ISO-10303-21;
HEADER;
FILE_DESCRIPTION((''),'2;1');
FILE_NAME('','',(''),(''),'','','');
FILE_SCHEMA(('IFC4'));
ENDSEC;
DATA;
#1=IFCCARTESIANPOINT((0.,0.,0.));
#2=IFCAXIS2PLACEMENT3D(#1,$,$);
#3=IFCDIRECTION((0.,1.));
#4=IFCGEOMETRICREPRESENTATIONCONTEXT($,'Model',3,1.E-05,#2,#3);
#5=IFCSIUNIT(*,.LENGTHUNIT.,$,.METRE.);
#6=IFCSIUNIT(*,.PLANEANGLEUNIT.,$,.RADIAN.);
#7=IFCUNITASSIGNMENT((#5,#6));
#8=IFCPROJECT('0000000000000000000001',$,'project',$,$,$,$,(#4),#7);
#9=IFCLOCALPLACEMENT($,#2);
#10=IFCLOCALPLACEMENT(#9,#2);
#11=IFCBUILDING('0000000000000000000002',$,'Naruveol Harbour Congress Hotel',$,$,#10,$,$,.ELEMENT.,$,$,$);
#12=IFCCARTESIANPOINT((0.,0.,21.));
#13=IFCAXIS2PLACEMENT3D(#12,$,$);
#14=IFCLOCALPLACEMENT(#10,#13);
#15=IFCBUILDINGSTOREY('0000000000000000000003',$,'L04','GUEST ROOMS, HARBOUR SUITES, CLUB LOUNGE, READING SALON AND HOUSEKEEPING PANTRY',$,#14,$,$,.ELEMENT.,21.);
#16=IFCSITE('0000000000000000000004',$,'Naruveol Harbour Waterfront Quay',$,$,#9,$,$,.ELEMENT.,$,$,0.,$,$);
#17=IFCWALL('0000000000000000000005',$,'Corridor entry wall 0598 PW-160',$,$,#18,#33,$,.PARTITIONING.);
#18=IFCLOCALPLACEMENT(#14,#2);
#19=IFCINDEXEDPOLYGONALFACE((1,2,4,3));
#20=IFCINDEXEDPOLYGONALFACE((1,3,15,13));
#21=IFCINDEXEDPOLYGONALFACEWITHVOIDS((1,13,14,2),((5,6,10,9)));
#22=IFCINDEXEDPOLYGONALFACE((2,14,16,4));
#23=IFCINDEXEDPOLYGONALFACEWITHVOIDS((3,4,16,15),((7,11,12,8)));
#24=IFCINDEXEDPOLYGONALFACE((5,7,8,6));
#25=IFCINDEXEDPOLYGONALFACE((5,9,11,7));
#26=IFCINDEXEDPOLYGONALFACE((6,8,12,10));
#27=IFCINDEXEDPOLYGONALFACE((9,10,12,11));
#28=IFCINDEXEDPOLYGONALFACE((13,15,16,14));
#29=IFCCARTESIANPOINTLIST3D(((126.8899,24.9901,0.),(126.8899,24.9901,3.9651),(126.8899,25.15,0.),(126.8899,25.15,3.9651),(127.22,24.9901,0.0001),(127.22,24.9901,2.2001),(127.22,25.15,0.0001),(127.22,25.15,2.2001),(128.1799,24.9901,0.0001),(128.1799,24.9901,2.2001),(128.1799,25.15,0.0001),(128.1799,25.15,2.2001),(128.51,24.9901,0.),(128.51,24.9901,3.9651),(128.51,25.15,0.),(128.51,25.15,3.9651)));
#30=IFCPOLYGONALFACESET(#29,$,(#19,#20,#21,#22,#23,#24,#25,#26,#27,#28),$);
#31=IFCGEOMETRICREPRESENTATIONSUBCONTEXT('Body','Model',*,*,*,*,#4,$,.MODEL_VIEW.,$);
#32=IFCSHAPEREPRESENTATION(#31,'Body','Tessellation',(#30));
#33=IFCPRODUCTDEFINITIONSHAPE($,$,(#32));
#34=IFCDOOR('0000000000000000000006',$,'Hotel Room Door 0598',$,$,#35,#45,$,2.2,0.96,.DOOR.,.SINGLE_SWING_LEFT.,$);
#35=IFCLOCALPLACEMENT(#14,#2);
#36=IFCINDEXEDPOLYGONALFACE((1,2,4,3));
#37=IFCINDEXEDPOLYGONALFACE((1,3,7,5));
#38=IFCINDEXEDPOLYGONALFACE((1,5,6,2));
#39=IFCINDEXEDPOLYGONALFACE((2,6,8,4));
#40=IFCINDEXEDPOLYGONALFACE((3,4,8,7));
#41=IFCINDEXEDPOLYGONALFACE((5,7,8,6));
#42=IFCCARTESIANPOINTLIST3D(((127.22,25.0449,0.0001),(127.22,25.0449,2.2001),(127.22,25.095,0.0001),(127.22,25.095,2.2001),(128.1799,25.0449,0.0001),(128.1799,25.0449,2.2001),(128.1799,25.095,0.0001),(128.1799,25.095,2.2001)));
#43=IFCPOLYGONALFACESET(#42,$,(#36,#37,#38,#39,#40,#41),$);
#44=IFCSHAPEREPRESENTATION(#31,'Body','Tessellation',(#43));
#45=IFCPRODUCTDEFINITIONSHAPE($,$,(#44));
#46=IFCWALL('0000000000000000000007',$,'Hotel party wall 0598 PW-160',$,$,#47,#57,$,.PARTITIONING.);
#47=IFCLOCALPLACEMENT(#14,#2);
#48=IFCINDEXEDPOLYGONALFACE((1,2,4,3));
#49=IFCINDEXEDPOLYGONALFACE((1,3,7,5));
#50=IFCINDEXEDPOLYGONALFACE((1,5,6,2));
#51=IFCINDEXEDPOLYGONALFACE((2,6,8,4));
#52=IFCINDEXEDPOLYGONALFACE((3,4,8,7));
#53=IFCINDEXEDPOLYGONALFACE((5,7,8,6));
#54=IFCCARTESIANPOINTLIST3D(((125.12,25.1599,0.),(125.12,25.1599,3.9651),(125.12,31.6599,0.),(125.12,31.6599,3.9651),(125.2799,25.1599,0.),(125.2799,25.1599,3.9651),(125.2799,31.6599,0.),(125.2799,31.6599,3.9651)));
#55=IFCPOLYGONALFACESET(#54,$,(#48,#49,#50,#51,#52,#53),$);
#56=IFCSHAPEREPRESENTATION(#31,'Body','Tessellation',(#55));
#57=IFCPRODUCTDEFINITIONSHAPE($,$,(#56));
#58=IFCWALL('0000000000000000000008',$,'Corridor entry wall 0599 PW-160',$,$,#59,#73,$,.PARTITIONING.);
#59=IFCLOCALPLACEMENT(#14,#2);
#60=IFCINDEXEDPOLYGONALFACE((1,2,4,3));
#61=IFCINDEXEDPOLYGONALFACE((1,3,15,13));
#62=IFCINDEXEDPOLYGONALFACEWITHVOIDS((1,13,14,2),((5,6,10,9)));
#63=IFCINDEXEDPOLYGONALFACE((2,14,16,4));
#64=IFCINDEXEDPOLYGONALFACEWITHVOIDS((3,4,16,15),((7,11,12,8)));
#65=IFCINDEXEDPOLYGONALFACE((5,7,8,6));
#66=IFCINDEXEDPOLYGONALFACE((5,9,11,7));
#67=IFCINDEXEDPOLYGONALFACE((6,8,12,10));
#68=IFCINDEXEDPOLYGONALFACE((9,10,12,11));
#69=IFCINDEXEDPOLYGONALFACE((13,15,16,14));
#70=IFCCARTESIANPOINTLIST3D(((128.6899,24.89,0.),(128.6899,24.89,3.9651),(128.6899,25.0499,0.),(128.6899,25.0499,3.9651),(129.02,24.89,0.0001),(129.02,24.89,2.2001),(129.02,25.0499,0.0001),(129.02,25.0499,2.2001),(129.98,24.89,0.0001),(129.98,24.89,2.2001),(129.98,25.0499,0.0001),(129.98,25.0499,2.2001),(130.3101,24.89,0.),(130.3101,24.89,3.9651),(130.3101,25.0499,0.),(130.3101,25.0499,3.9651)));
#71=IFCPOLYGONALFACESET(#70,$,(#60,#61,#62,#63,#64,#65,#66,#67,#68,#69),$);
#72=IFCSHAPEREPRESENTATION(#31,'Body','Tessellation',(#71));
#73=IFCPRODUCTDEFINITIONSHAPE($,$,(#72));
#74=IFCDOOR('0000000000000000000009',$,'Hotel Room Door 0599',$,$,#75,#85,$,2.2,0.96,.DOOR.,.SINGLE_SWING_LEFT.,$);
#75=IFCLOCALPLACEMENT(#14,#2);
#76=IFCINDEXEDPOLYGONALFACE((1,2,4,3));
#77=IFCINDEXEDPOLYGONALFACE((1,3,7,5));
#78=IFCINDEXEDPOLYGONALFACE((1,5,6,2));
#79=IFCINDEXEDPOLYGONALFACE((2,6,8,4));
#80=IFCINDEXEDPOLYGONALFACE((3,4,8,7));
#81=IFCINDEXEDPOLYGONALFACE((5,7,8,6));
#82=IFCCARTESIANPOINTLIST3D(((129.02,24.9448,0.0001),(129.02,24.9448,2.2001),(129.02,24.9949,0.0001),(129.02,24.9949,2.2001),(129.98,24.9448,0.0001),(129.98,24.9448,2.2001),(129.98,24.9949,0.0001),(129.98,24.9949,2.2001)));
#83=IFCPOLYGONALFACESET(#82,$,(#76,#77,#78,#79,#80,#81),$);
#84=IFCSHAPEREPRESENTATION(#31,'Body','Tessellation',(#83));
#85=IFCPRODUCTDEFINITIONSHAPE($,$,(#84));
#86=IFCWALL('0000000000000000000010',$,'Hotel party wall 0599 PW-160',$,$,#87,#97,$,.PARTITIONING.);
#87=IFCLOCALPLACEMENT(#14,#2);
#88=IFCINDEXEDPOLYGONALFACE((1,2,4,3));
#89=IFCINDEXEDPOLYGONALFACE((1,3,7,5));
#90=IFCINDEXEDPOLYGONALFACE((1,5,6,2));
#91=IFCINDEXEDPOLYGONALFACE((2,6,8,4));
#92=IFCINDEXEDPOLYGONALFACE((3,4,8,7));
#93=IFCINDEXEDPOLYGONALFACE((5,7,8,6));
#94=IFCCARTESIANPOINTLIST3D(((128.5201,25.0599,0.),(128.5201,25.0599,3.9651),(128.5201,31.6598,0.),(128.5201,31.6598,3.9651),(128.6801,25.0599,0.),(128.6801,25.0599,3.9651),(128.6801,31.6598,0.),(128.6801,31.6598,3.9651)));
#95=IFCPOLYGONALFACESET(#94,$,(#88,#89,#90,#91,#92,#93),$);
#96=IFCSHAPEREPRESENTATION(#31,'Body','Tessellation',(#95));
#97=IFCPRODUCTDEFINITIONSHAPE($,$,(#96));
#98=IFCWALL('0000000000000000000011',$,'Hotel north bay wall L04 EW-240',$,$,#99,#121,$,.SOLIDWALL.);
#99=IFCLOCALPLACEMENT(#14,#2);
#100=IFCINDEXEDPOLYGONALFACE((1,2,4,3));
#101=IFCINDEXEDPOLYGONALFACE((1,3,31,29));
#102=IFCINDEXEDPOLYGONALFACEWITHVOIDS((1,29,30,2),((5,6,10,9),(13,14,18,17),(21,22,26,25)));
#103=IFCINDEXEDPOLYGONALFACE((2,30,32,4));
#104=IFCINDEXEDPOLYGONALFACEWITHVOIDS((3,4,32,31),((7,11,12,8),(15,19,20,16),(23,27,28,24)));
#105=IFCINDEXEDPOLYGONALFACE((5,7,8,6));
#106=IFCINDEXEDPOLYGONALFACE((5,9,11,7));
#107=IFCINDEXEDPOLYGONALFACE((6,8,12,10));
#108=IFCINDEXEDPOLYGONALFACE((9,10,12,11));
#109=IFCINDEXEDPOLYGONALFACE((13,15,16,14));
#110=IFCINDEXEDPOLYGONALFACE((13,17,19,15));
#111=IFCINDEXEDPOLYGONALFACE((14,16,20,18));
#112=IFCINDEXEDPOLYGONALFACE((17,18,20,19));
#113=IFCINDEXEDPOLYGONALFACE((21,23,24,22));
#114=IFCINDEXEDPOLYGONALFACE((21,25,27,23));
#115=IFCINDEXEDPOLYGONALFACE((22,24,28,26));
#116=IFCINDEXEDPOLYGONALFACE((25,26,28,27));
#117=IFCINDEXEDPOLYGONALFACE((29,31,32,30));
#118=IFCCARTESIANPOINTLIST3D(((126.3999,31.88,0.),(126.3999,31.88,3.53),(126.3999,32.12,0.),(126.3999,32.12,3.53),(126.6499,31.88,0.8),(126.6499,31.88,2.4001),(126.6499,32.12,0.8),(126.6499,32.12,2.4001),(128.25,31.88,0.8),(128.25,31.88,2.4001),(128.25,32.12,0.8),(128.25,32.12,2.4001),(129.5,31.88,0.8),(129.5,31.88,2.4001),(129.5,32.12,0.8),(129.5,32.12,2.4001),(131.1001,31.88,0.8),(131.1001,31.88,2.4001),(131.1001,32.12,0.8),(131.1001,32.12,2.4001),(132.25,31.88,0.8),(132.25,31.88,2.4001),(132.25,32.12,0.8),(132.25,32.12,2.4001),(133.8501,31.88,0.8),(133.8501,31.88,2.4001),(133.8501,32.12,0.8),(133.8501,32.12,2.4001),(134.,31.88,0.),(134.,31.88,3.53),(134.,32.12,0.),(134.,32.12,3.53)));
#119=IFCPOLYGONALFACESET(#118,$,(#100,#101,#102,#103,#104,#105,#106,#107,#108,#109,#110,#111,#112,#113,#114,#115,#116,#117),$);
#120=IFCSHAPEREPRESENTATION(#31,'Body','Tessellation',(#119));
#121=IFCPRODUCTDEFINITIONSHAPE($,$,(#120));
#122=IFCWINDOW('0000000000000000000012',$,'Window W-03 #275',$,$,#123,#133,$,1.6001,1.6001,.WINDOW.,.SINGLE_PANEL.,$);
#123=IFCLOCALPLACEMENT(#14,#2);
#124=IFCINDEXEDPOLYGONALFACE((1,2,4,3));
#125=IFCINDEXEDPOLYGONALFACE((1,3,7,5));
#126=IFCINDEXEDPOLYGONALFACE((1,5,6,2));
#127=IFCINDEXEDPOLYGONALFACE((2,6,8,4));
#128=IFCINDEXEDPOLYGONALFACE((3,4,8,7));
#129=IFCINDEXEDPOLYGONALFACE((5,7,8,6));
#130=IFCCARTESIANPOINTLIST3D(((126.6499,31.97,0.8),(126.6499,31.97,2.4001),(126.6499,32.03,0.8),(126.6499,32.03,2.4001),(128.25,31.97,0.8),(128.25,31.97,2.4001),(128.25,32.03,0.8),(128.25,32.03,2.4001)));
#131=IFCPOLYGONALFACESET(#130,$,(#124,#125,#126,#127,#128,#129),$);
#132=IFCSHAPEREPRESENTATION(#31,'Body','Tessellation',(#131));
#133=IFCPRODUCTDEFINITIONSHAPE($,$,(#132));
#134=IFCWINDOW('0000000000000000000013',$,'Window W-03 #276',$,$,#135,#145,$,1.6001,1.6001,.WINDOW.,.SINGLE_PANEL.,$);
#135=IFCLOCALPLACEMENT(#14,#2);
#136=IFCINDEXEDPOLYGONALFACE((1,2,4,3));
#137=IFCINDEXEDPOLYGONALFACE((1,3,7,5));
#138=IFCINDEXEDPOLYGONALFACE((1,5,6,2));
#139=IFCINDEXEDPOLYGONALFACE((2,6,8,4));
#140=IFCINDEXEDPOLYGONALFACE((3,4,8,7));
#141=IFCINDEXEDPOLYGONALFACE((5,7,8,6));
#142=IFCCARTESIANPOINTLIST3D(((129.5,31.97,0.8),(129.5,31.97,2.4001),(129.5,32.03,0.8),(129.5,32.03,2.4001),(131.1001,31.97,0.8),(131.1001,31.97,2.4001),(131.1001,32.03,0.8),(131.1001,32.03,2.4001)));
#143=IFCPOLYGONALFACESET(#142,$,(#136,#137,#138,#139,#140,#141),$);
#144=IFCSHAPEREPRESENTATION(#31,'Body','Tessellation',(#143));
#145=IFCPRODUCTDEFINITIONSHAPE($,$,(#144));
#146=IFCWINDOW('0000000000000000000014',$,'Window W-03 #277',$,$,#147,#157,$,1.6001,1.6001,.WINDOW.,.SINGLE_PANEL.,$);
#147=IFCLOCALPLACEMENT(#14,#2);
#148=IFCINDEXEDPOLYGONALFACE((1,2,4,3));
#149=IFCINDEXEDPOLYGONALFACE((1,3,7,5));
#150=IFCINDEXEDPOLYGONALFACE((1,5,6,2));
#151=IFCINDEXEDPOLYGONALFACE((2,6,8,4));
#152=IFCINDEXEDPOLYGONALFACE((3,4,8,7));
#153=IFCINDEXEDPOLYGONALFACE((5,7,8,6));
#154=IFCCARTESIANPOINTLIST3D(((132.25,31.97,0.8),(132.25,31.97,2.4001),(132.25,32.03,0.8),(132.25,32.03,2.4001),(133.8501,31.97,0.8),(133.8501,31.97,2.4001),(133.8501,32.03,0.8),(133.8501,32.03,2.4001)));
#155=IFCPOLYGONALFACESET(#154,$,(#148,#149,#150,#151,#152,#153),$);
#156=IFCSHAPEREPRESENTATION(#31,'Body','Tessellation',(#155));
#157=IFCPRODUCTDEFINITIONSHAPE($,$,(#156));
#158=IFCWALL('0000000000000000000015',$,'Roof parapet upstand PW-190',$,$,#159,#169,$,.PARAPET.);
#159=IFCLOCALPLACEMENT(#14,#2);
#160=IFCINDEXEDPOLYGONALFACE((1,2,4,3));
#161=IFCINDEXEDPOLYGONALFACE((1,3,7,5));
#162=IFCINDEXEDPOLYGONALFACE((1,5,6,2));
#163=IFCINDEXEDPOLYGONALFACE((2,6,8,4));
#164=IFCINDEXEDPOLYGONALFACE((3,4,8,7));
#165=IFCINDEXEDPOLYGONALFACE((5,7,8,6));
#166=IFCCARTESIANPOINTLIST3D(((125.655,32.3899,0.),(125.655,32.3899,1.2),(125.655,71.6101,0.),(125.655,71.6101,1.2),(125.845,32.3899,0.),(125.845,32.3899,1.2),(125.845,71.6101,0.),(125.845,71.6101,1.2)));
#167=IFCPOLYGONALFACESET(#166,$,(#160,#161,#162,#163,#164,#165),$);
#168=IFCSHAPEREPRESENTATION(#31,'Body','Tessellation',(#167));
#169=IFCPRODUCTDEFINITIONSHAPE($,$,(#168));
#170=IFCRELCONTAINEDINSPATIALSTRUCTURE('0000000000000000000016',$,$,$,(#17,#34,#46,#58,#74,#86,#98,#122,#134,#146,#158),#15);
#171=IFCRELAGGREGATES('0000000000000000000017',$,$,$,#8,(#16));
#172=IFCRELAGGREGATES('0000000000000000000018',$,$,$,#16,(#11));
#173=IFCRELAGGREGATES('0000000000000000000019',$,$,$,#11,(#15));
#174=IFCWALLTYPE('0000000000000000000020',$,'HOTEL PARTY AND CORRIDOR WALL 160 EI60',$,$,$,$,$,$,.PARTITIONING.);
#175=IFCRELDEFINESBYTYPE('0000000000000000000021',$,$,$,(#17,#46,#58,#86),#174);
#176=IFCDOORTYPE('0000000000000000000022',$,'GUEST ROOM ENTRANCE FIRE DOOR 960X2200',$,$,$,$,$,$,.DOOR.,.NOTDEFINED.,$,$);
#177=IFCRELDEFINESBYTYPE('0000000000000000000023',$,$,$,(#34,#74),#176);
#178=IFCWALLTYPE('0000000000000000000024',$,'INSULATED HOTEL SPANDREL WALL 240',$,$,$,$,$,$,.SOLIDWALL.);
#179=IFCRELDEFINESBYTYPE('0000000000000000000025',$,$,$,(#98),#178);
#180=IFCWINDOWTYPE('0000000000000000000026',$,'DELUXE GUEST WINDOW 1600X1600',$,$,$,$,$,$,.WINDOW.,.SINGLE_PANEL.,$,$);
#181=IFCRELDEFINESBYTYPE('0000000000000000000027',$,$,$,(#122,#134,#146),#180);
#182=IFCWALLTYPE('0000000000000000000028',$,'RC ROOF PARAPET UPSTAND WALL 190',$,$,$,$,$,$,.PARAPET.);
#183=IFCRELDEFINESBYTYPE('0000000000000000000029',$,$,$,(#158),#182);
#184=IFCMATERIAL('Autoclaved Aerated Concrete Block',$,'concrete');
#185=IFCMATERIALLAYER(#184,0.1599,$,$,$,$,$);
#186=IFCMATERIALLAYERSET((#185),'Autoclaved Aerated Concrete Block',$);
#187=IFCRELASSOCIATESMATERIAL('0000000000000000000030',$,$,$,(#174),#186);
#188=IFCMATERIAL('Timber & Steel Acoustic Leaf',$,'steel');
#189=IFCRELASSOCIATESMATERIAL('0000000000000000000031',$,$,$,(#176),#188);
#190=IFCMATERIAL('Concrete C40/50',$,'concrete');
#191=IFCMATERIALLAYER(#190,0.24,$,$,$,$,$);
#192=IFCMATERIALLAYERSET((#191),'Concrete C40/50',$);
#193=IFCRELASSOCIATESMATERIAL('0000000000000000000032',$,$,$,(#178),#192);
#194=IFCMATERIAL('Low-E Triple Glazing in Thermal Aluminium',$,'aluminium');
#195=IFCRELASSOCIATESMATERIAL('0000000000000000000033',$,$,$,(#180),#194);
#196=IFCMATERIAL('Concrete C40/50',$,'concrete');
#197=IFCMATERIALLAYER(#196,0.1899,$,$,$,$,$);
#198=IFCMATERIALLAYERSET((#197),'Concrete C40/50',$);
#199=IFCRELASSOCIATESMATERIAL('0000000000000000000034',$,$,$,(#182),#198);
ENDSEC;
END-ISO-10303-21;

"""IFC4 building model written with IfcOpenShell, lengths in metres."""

from ifc_helpers import new_model, si_unit, direction, frame, frame_2d, origin, place, context, subcontext, project, spatial, rectangle, extrude, material, layer, layer_set, type_object, element, fill, save


model = new_model("IFC4")

# Units and contexts
model_context = context("Model", 3, precision=1e-05, world=origin(), true_north=direction((0.0, 1.0)))
body_context = subcontext(model_context, "Body", "Model", "MODEL_VIEW")
ifc_project = project(units=[si_unit("LENGTHUNIT", "METRE"), si_unit("PLANEANGLEUNIT", "RADIAN")], contexts=[model_context])

# Site, building, storey
site_placement = place(None, origin())
site = spatial("IfcSite", under=ifc_project, at=site_placement, Name="Naruveol Harbour Waterfront Quay", CompositionType="ELEMENT", RefElevation=0.0)
building_placement = place(site_placement, origin())
building = spatial("IfcBuilding", under=site, at=building_placement, Name="Naruveol Harbour Congress Hotel", CompositionType="ELEMENT")
storey_placement = place(building_placement, frame((0.0, 0.0, 21.0)))
storey = spatial("IfcBuildingStorey", under=building, at=storey_placement, Name="L04", Description="GUEST ROOMS, HARBOUR SUITES, CLUB LOUNGE, READING SALON AND HOUSEKEEPING PANTRY", CompositionType="ELEMENT", Elevation=21.0)

# Shared definitions
ifc_material_1 = material(Name="Autoclaved Aerated Concrete Block", Category="concrete")
ifc_layer_1 = layer(ifc_material_1, 0.1599)
ifc_layer_set_1 = layer_set([ifc_layer_1], Name="Autoclaved Aerated Concrete Block")
wall_type_1 = type_object("IfcWallType", Name="HOTEL PARTY AND CORRIDOR WALL 160 EI60", PredefinedType="PARTITIONING", material=ifc_layer_set_1)
ifc_material_2 = material(Name="Timber & Steel Acoustic Leaf", Category="steel")
door_type_1 = type_object("IfcDoorType", Name="GUEST ROOM ENTRANCE FIRE DOOR 960X2200", OperationType="NOTDEFINED", PredefinedType="DOOR", material=ifc_material_2)

# Wall, opening, door
wall_1_placement = place(storey_placement, frame((126.8899, 25.0701, 0.0), z_axis=(0.0, 0.0, 1.0), x_axis=(1.0, 0.0, 0.0)))
wall_1 = element("IfcWall", 1, at=wall_1_placement, inside=storey, type_object=wall_type_1, Name="Corridor entry wall 0598 PW-160", PredefinedType="PARTITIONING", context=body_context, shape_type="SweptSolid", body=[
    extrude(rectangle(XDim=1.6201, YDim=0.1599, at=frame_2d((0.8101, 0.0))), origin(), (0.0, 0.0, 1.0), 3.9651),
])
opening_1_placement = place(wall_1_placement, frame((0.3301, 0.0, 0.0)))
opening_1 = element("IfcOpeningElement", 2, at=opening_1_placement, cuts=wall_1, PredefinedType="OPENING", context=body_context, shape_type="SweptSolid", body=[
    extrude(rectangle(XDim=0.96, YDim=2.2, at=frame_2d((0.48, 1.1001))), frame((0.0, 0.0898, 0.0), z_axis=(0.0, -1.0, 0.0), x_axis=(1.0, 0.0, 0.0)), (0.0, 0.0, 1.0), 0.1799),
])
door_1_placement = place(opening_1_placement, origin())
door_1 = element("IfcDoor", 3, at=door_1_placement, inside=storey, type_object=door_type_1, Name="Hotel Room Door 0598", OperationType="SINGLE_SWING_LEFT", OverallHeight=2.2, OverallWidth=0.96, PredefinedType="DOOR", context=body_context, shape_type="SweptSolid", body=[
    extrude(rectangle(XDim=0.96, YDim=2.2, at=frame_2d((0.48, 1.1001))), frame((0.0, 0.0249, 0.0), z_axis=(0.0, -1.0, 0.0), x_axis=(1.0, 0.0, 0.0)), (0.0, 0.0, 1.0), 0.05),
])
fill(opening_1, door_1)

# Wall
wall_2_placement = place(storey_placement, frame((125.2, 25.1599, 0.0), z_axis=(0.0, 0.0, 1.0), x_axis=(0.0, 1.0, 0.0)))
element("IfcWall", 4, at=wall_2_placement, inside=storey, type_object=wall_type_1, Name="Hotel party wall 0598 PW-160", PredefinedType="PARTITIONING", context=body_context, shape_type="SweptSolid", body=[
    extrude(rectangle(XDim=6.5, YDim=0.1599, at=frame_2d((3.25, 0.0))), origin(), (0.0, 0.0, 1.0), 3.9651),
])

# Wall, opening, door
wall_3_placement = place(storey_placement, frame((128.6899, 24.97, 0.0), z_axis=(0.0, 0.0, 1.0), x_axis=(1.0, 0.0, 0.0)))
wall_3 = element("IfcWall", 5, at=wall_3_placement, inside=storey, type_object=wall_type_1, Name="Corridor entry wall 0599 PW-160", PredefinedType="PARTITIONING", context=body_context, shape_type="SweptSolid", body=[
    extrude(rectangle(XDim=1.6201, YDim=0.1599, at=frame_2d((0.8101, 0.0))), origin(), (0.0, 0.0, 1.0), 3.9651),
])
opening_2_placement = place(wall_3_placement, frame((0.3301, 0.0, 0.0)))
opening_2 = element("IfcOpeningElement", 6, at=opening_2_placement, cuts=wall_3, PredefinedType="OPENING", context=body_context, shape_type="SweptSolid", body=[
    extrude(rectangle(XDim=0.96, YDim=2.2, at=frame_2d((0.48, 1.1001))), frame((0.0, 0.0898, 0.0), z_axis=(0.0, -1.0, 0.0), x_axis=(1.0, 0.0, 0.0)), (0.0, 0.0, 1.0), 0.1799),
])
door_2_placement = place(opening_2_placement, origin())
door_2 = element("IfcDoor", 7, at=door_2_placement, inside=storey, type_object=door_type_1, Name="Hotel Room Door 0599", OperationType="SINGLE_SWING_LEFT", OverallHeight=2.2, OverallWidth=0.96, PredefinedType="DOOR", context=body_context, shape_type="SweptSolid", body=[
    extrude(rectangle(XDim=0.96, YDim=2.2, at=frame_2d((0.48, 1.1001))), frame((0.0, 0.0249, 0.0), z_axis=(0.0, -1.0, 0.0), x_axis=(1.0, 0.0, 0.0)), (0.0, 0.0, 1.0), 0.05),
])
fill(opening_2, door_2)

# Wall
wall_4_placement = place(storey_placement, frame((128.6001, 25.0601, 0.0), z_axis=(0.0, 0.0, 1.0), x_axis=(0.0, 1.0, 0.0)))
element("IfcWall", 8, at=wall_4_placement, inside=storey, type_object=wall_type_1, Name="Hotel party wall 0599 PW-160", PredefinedType="PARTITIONING", context=body_context, shape_type="SweptSolid", body=[
    extrude(rectangle(XDim=6.5999, YDim=0.1599, at=frame_2d((3.2998, 0.0))), origin(), (0.0, 0.0, 1.0), 3.9651),
])

# Wall, openings, windows
ifc_material_3 = material(Name="Concrete C40/50", Category="concrete")
ifc_layer_2 = layer(ifc_material_3, 0.24)
ifc_layer_set_2 = layer_set([ifc_layer_2], Name="Concrete C40/50")
wall_type_2 = type_object("IfcWallType", Name="INSULATED HOTEL SPANDREL WALL 240", PredefinedType="SOLIDWALL", material=ifc_layer_set_2)
wall_5_placement = place(storey_placement, frame((126.3999, 32.0, 0.0), z_axis=(0.0, 0.0, 1.0), x_axis=(1.0, 0.0, 0.0)))
wall_5 = element("IfcWall", 9, at=wall_5_placement, inside=storey, type_object=wall_type_2, Name="Hotel north bay wall L04 EW-240", PredefinedType="SOLIDWALL", context=body_context, shape_type="SweptSolid", body=[
    extrude(rectangle(XDim=7.6001, YDim=0.24, at=frame_2d((3.8, 0.0))), origin(), (0.0, 0.0, 1.0), 3.53),
])
opening_3_placement = place(wall_5_placement, frame((0.25, 0.0, 0.8)))
opening_3 = element("IfcOpeningElement", 10, at=opening_3_placement, cuts=wall_5, PredefinedType="OPENING", context=body_context, shape_type="SweptSolid", body=[
    extrude(rectangle(XDim=1.6001, YDim=1.6001, at=frame_2d((0.8, 0.8))), frame((0.0, 0.1299, 0.0), z_axis=(0.0, -1.0, 0.0), x_axis=(1.0, 0.0, 0.0)), (0.0, 0.0, 1.0), 0.26),
])
opening_4_placement = place(wall_5_placement, frame((3.1001, 0.0, 0.8)))
opening_4 = element("IfcOpeningElement", 11, at=opening_4_placement, cuts=wall_5, PredefinedType="OPENING", context=body_context, shape_type="SweptSolid", body=[
    extrude(rectangle(XDim=1.6001, YDim=1.6001, at=frame_2d((0.8, 0.8))), frame((0.0, 0.1299, 0.0), z_axis=(0.0, -1.0, 0.0), x_axis=(1.0, 0.0, 0.0)), (0.0, 0.0, 1.0), 0.26),
])
opening_5_placement = place(wall_5_placement, frame((5.8501, 0.0, 0.8)))
opening_5 = element("IfcOpeningElement", 12, at=opening_5_placement, cuts=wall_5, PredefinedType="OPENING", context=body_context, shape_type="SweptSolid", body=[
    extrude(rectangle(XDim=1.6001, YDim=1.6001, at=frame_2d((0.8, 0.8))), frame((0.0, 0.1299, 0.0), z_axis=(0.0, -1.0, 0.0), x_axis=(1.0, 0.0, 0.0)), (0.0, 0.0, 1.0), 0.26),
])
ifc_material_4 = material(Name="Low-E Triple Glazing in Thermal Aluminium", Category="aluminium")
window_type = type_object("IfcWindowType", Name="DELUXE GUEST WINDOW 1600X1600", PartitioningType="SINGLE_PANEL", PredefinedType="WINDOW", material=ifc_material_4)
window_1_placement = place(opening_3_placement, origin())
window_1 = element("IfcWindow", 13, at=window_1_placement, inside=storey, type_object=window_type, Name="Window W-03 #275", OverallHeight=1.6001, OverallWidth=1.6001, PartitioningType="SINGLE_PANEL", PredefinedType="WINDOW", context=body_context, shape_type="SweptSolid", body=[
    extrude(rectangle(XDim=1.6001, YDim=1.6001, at=frame_2d((0.8, 0.8))), frame((0.0, 0.03, 0.0), z_axis=(0.0, -1.0, 0.0), x_axis=(1.0, 0.0, 0.0)), (0.0, 0.0, 1.0), 0.0601),
])
fill(opening_3, window_1)
window_2_placement = place(opening_4_placement, origin())
window_2 = element("IfcWindow", 14, at=window_2_placement, inside=storey, type_object=window_type, Name="Window W-03 #276", OverallHeight=1.6001, OverallWidth=1.6001, PartitioningType="SINGLE_PANEL", PredefinedType="WINDOW", context=body_context, shape_type="SweptSolid", body=[
    extrude(rectangle(XDim=1.6001, YDim=1.6001, at=frame_2d((0.8, 0.8))), frame((0.0, 0.03, 0.0), z_axis=(0.0, -1.0, 0.0), x_axis=(1.0, 0.0, 0.0)), (0.0, 0.0, 1.0), 0.0601),
])
fill(opening_4, window_2)
window_3_placement = place(opening_5_placement, origin())
window_3 = element("IfcWindow", 15, at=window_3_placement, inside=storey, type_object=window_type, Name="Window W-03 #277", OverallHeight=1.6001, OverallWidth=1.6001, PartitioningType="SINGLE_PANEL", PredefinedType="WINDOW", context=body_context, shape_type="SweptSolid", body=[
    extrude(rectangle(XDim=1.6001, YDim=1.6001, at=frame_2d((0.8, 0.8))), frame((0.0, 0.03, 0.0), z_axis=(0.0, -1.0, 0.0), x_axis=(1.0, 0.0, 0.0)), (0.0, 0.0, 1.0), 0.0601),
])
fill(opening_5, window_3)

# Wall
ifc_material_5 = material(Name="Concrete C40/50", Category="concrete")
ifc_layer_3 = layer(ifc_material_5, 0.1899)
ifc_layer_set_3 = layer_set([ifc_layer_3], Name="Concrete C40/50")
wall_type_3 = type_object("IfcWallType", Name="RC ROOF PARAPET UPSTAND WALL 190", PredefinedType="PARAPET", material=ifc_layer_set_3)
wall_6_placement = place(storey_placement, frame((125.75, 71.6101, 0.0), z_axis=(0.0, 0.0, 1.0), x_axis=(0.0, -1.0, 0.0)))
element("IfcWall", 16, at=wall_6_placement, inside=storey, type_object=wall_type_3, Name="Roof parapet upstand PW-190", PredefinedType="PARAPET", context=body_context, shape_type="SweptSolid", body=[
    extrude(rectangle(XDim=39.2202, YDim=0.1899, at=frame_2d((19.6101, 0.0))), origin(), (0.0, 0.0, 1.0), 1.2),
])

save(model, "model.ifc")
